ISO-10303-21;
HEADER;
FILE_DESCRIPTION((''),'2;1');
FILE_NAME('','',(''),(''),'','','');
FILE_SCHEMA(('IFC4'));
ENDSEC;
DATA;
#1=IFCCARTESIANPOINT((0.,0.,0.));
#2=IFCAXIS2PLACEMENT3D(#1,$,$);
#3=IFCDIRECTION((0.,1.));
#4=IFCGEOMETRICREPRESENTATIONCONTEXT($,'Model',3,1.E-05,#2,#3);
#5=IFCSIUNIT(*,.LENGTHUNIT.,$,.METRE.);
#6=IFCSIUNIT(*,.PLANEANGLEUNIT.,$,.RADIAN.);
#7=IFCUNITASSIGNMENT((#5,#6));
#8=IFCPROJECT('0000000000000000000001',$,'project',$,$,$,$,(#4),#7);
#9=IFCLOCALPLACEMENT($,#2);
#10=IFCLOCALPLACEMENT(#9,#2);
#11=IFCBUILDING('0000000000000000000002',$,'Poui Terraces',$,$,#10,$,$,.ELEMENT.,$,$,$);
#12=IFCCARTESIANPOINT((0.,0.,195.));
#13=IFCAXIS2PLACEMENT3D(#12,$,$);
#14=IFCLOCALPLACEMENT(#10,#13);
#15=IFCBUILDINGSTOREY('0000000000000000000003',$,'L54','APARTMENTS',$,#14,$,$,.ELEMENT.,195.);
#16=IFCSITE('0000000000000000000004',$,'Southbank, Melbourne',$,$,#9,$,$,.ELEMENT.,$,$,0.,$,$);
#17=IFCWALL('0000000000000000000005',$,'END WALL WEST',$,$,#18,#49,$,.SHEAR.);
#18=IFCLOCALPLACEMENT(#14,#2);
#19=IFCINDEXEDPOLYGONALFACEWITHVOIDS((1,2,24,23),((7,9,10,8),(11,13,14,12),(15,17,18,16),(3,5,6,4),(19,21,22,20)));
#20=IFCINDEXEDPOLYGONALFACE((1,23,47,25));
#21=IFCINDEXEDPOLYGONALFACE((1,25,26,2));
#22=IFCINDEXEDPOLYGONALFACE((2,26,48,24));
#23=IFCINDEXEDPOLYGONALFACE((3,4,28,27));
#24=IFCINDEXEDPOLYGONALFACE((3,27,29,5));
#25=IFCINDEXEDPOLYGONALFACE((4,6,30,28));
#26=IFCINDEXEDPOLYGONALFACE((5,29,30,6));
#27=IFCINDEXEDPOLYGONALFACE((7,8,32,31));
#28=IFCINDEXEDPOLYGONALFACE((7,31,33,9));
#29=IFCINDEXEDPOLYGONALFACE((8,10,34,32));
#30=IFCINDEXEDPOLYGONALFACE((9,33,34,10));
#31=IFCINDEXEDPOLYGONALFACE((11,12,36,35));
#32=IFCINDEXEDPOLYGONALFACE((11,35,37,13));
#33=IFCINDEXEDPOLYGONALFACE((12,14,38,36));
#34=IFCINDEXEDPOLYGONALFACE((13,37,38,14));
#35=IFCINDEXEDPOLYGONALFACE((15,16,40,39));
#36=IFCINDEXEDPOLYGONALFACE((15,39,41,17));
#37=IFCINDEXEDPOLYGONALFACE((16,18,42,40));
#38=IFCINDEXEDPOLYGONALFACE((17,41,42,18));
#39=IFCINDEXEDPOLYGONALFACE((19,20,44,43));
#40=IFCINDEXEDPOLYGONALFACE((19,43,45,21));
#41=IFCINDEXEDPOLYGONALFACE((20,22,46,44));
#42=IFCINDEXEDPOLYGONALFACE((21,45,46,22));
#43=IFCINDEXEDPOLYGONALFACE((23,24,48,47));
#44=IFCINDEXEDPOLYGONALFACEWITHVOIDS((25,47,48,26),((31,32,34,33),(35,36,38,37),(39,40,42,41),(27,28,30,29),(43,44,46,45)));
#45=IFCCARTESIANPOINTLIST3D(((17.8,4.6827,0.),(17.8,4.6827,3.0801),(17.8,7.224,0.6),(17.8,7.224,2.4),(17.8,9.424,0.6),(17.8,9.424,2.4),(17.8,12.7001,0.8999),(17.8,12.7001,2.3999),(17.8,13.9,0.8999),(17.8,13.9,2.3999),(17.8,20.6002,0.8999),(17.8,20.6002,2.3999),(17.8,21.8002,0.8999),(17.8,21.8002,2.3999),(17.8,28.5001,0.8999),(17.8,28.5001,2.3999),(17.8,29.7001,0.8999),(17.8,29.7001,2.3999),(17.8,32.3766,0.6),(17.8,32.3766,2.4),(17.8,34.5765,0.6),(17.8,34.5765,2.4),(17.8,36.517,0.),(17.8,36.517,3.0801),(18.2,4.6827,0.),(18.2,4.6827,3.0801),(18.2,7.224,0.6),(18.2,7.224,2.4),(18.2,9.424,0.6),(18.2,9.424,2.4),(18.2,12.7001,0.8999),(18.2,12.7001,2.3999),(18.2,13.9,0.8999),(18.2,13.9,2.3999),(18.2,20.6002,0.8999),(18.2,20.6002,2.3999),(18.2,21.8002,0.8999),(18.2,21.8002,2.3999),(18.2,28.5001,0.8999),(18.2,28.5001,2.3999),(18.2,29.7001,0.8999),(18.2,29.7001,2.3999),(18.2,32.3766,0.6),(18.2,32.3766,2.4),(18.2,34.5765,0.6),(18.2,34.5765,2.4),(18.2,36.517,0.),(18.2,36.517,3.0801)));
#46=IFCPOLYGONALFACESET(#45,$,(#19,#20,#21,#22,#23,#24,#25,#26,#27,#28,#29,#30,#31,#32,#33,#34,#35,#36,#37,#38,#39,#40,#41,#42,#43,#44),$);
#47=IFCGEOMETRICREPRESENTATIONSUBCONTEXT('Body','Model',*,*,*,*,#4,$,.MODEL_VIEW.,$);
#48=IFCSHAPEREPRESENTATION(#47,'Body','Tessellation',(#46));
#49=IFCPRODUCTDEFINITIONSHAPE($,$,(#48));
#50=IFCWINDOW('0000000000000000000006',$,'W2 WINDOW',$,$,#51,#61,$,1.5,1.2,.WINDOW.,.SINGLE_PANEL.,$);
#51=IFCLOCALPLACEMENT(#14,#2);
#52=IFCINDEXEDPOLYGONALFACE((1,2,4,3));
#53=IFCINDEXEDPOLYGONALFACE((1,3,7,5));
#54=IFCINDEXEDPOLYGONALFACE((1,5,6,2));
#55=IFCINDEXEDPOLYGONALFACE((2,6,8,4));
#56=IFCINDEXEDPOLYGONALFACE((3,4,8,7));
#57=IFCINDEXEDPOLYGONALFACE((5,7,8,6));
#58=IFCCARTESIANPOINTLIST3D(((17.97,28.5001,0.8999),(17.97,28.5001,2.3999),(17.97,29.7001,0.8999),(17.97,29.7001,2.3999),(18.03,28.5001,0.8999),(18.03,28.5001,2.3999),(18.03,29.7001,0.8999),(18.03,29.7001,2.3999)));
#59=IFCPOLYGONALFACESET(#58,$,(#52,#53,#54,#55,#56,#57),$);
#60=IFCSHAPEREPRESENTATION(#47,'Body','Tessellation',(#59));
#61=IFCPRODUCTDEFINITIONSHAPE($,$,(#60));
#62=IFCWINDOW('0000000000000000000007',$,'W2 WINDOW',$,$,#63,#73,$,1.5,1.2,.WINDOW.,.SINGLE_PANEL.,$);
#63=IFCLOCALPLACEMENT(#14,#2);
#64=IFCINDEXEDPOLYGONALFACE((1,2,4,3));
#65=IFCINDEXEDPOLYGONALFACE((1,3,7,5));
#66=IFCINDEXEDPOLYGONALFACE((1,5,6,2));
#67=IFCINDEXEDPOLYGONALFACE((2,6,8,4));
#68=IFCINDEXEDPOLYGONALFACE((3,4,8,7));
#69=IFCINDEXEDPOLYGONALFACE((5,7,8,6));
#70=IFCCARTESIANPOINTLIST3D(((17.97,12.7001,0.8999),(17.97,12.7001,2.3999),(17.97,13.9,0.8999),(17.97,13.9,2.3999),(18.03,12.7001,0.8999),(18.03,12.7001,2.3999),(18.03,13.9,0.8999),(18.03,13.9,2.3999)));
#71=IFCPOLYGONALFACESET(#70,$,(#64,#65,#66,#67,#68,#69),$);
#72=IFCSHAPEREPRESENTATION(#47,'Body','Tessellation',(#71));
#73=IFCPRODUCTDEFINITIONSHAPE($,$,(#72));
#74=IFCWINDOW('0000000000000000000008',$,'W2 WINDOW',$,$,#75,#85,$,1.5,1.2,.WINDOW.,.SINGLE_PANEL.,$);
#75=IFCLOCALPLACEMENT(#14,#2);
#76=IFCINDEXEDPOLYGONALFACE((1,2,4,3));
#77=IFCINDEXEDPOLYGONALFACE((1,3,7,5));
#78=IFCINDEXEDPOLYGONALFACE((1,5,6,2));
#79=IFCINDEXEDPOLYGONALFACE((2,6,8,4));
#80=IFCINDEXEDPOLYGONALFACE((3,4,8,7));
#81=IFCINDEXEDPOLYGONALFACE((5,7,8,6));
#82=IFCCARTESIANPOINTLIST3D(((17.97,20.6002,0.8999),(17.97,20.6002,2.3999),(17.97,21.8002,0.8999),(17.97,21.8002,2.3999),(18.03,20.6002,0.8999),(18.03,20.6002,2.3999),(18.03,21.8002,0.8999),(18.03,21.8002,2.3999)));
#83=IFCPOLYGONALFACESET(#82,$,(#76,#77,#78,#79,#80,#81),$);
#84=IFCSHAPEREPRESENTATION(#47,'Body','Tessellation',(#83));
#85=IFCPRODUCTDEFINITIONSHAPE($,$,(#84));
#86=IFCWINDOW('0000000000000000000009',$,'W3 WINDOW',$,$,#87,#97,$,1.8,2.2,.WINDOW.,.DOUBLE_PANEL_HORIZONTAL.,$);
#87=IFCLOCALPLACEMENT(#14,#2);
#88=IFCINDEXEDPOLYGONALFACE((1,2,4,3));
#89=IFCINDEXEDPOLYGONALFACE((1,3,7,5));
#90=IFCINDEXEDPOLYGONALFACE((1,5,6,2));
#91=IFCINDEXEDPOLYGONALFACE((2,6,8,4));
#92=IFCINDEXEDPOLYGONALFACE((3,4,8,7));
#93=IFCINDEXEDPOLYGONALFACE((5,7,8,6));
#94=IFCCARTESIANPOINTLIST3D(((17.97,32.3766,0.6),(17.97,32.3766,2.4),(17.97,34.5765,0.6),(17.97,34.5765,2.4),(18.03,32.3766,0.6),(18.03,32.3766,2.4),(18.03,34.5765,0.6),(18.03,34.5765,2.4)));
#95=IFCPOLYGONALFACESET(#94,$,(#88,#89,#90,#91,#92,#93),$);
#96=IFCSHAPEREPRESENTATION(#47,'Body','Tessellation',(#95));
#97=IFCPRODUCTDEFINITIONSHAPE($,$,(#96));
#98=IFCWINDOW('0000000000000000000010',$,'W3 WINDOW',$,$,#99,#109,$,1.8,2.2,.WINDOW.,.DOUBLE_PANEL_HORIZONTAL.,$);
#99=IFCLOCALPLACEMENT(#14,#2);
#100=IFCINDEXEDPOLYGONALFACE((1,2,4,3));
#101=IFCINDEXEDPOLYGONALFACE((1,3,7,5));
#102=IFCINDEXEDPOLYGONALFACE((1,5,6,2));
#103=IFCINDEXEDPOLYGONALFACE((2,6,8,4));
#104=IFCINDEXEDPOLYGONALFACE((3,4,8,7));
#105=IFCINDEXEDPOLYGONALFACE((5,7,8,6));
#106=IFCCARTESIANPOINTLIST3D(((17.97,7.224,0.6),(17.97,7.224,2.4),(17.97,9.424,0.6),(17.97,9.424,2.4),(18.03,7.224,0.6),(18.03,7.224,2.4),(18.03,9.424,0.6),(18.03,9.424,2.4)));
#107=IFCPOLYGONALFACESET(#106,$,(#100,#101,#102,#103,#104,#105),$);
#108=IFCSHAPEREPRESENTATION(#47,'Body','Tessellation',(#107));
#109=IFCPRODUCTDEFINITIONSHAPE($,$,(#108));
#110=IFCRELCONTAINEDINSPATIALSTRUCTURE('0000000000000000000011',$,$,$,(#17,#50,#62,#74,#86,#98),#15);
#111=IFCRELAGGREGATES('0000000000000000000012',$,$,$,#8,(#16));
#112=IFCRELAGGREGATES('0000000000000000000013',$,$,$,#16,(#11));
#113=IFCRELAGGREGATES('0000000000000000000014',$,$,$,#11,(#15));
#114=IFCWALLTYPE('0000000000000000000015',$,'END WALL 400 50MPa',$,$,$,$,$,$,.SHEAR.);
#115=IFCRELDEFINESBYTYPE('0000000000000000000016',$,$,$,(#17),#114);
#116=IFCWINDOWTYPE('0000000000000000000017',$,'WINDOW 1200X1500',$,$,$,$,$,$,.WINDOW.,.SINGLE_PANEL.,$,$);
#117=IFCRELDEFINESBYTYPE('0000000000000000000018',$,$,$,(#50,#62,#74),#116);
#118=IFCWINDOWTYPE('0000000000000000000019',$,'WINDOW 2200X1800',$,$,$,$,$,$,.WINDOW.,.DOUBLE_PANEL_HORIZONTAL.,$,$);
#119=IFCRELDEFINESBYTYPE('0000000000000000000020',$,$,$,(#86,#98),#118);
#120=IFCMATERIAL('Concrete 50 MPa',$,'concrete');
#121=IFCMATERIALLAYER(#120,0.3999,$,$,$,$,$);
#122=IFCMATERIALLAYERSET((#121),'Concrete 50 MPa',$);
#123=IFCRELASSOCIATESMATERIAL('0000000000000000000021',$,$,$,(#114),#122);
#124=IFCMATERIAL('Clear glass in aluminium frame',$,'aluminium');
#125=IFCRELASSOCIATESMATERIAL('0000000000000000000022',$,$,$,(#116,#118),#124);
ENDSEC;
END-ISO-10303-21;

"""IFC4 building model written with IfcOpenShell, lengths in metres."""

from ifc_helpers import new_model, si_unit, direction, frame, frame_2d, origin, place, context, subcontext, project, spatial, rectangle, extrude, material, layer, layer_set, type_object, element, fill, save


model = new_model("IFC4")

# Units and contexts
model_context = context("Model", 3, precision=1e-05, world=origin(), true_north=direction((0.0, 1.0)))
body_context = subcontext(model_context, "Body", "Model", "MODEL_VIEW")
ifc_project = project(units=[si_unit("LENGTHUNIT", "METRE"), si_unit("PLANEANGLEUNIT", "RADIAN")], contexts=[model_context])

# Site, building, storey
site_placement = place(None, origin())
site = spatial("IfcSite", under=ifc_project, at=site_placement, Name="Southbank, Melbourne", CompositionType="ELEMENT", RefElevation=0.0)
building_placement = place(site_placement, origin())
building = spatial("IfcBuilding", under=site, at=building_placement, Name="Poui Terraces", CompositionType="ELEMENT")
storey_placement = place(building_placement, frame((0.0, 0.0, 195.0)))
storey = spatial("IfcBuildingStorey", under=building, at=storey_placement, Name="L54", Description="APARTMENTS", CompositionType="ELEMENT", Elevation=195.0)

# Shared definitions
ifc_material_1 = material(Name="Concrete 50 MPa", Category="concrete")

# Wall, openings, windows
ifc_layer_1 = layer(ifc_material_1, 0.3999)
ifc_layer_set_1 = layer_set([ifc_layer_1], Name="Concrete 50 MPa")
wall_type_1 = type_object("IfcWallType", Name="END WALL 400 50MPa", PredefinedType="SHEAR", material=ifc_layer_set_1)
wall_1_placement = place(storey_placement, frame((18.0, 4.6829, 0.0), z_axis=(0.0, 0.0, 1.0), x_axis=(0.0, 1.0, 0.0)))
wall_1 = element("IfcWall", 1, at=wall_1_placement, inside=storey, type_object=wall_type_1, Name="END WALL WEST", PredefinedType="SHEAR", context=body_context, shape_type="SweptSolid", body=[
    extrude(rectangle(XDim=31.8342, YDim=0.3999, at=frame_2d((15.917, 0.0))), origin(), (0.0, 0.0, 1.0), 3.0801),
])
opening_1_placement = place(wall_1_placement, frame((23.8171, 0.0, 0.8999)))
opening_1 = element("IfcOpeningElement", 2, at=opening_1_placement, cuts=wall_1, PredefinedType="OPENING", context=body_context, shape_type="SweptSolid", body=[
    extrude(rectangle(XDim=1.2, YDim=1.5, at=frame_2d((0.6001, 0.75))), frame((0.0, 0.21, 0.0), z_axis=(0.0, -1.0, 0.0), x_axis=(1.0, 0.0, 0.0)), (0.0, 0.0, 1.0), 0.4199),
])
opening_2_placement = place(wall_1_placement, frame((8.0171, 0.0, 0.8999)))
opening_2 = element("IfcOpeningElement", 3, at=opening_2_placement, cuts=wall_1, PredefinedType="OPENING", context=body_context, shape_type="SweptSolid", body=[
    extrude(rectangle(XDim=1.2, YDim=1.5, at=frame_2d((0.6001, 0.75))), frame((0.0, 0.21, 0.0), z_axis=(0.0, -1.0, 0.0), x_axis=(1.0, 0.0, 0.0)), (0.0, 0.0, 1.0), 0.4199),
])
opening_3_placement = place(wall_1_placement, frame((27.6936, 0.0, 0.6001)))
opening_3 = element("IfcOpeningElement", 4, at=opening_3_placement, cuts=wall_1, PredefinedType="OPENING", context=body_context, shape_type="SweptSolid", body=[
    extrude(rectangle(XDim=2.2, YDim=1.8, at=frame_2d((1.1001, 0.8999))), frame((0.0, 0.21, 0.0), z_axis=(0.0, -1.0, 0.0), x_axis=(1.0, 0.0, 0.0)), (0.0, 0.0, 1.0), 0.4199),
])
opening_4_placement = place(wall_1_placement, frame((2.541, 0.0, 0.6001)))
opening_4 = element("IfcOpeningElement", 5, at=opening_4_placement, cuts=wall_1, PredefinedType="OPENING", context=body_context, shape_type="SweptSolid", body=[
    extrude(rectangle(XDim=2.2, YDim=1.8, at=frame_2d((1.1001, 0.8999))), frame((0.0, 0.21, 0.0), z_axis=(0.0, -1.0, 0.0), x_axis=(1.0, 0.0, 0.0)), (0.0, 0.0, 1.0), 0.4199),
])
opening_5_placement = place(wall_1_placement, frame((15.9172, 0.0, 0.8999)))
opening_5 = element("IfcOpeningElement", 6, at=opening_5_placement, cuts=wall_1, PredefinedType="OPENING", context=body_context, shape_type="SweptSolid", body=[
    extrude(rectangle(XDim=1.2, YDim=1.5, at=frame_2d((0.6001, 0.75))), frame((0.0, 0.21, 0.0), z_axis=(0.0, -1.0, 0.0), x_axis=(1.0, 0.0, 0.0)), (0.0, 0.0, 1.0), 0.4199),
])
ifc_material_2 = material(Name="Clear glass in aluminium frame", Category="aluminium")
window_type_1 = type_object("IfcWindowType", Name="WINDOW 1200X1500", PartitioningType="SINGLE_PANEL", PredefinedType="WINDOW", material=ifc_material_2)
window_1_placement = place(opening_1_placement, origin())
window_1 = element("IfcWindow", 7, at=window_1_placement, inside=storey, type_object=window_type_1, Name="W2 WINDOW", OverallHeight=1.5, OverallWidth=1.2, PartitioningType="SINGLE_PANEL", PredefinedType="WINDOW", context=body_context, shape_type="SweptSolid", body=[
    extrude(rectangle(XDim=1.2, YDim=1.5, at=frame_2d((0.6001, 0.75))), frame((0.0, 0.03, 0.0), z_axis=(0.0, -1.0, 0.0), x_axis=(1.0, 0.0, 0.0)), (0.0, 0.0, 1.0), 0.0601),
])
fill(opening_1, window_1)
window_2_placement = place(opening_2_placement, origin())
window_2 = element("IfcWindow", 8, at=window_2_placement, inside=storey, type_object=window_type_1, Name="W2 WINDOW", OverallHeight=1.5, OverallWidth=1.2, PartitioningType="SINGLE_PANEL", PredefinedType="WINDOW", context=body_context, shape_type="SweptSolid", body=[
    extrude(rectangle(XDim=1.2, YDim=1.5, at=frame_2d((0.6001, 0.75))), frame((0.0, 0.03, 0.0), z_axis=(0.0, -1.0, 0.0), x_axis=(1.0, 0.0, 0.0)), (0.0, 0.0, 1.0), 0.0601),
])
fill(opening_2, window_2)
window_3_placement = place(opening_5_placement, origin())
window_3 = element("IfcWindow", 9, at=window_3_placement, inside=storey, type_object=window_type_1, Name="W2 WINDOW", OverallHeight=1.5, OverallWidth=1.2, PartitioningType="SINGLE_PANEL", PredefinedType="WINDOW", context=body_context, shape_type="SweptSolid", body=[
    extrude(rectangle(XDim=1.2, YDim=1.5, at=frame_2d((0.6001, 0.75))), frame((0.0, 0.03, 0.0), z_axis=(0.0, -1.0, 0.0), x_axis=(1.0, 0.0, 0.0)), (0.0, 0.0, 1.0), 0.0601),
])
fill(opening_5, window_3)
window_type_2 = type_object("IfcWindowType", Name="WINDOW 2200X1800", PartitioningType="DOUBLE_PANEL_HORIZONTAL", PredefinedType="WINDOW", material=ifc_material_2)
window_4_placement = place(opening_3_placement, origin())
window_4 = element("IfcWindow", 10, at=window_4_placement, inside=storey, type_object=window_type_2, Name="W3 WINDOW", OverallHeight=1.8, OverallWidth=2.2, PartitioningType="DOUBLE_PANEL_HORIZONTAL", PredefinedType="WINDOW", context=body_context, shape_type="SweptSolid", body=[
    extrude(rectangle(XDim=2.2, YDim=1.8, at=frame_2d((1.1001, 0.8999))), frame((0.0, 0.03, 0.0), z_axis=(0.0, -1.0, 0.0), x_axis=(1.0, 0.0, 0.0)), (0.0, 0.0, 1.0), 0.0601),
])
fill(opening_3, window_4)
window_5_placement = place(opening_4_placement, origin())
window_5 = element("IfcWindow", 11, at=window_5_placement, inside=storey, type_object=window_type_2, Name="W3 WINDOW", OverallHeight=1.8, OverallWidth=2.2, PartitioningType="DOUBLE_PANEL_HORIZONTAL", PredefinedType="WINDOW", context=body_context, shape_type="SweptSolid", body=[
    extrude(rectangle(XDim=2.2, YDim=1.8, at=frame_2d((1.1001, 0.8999))), frame((0.0, 0.03, 0.0), z_axis=(0.0, -1.0, 0.0), x_axis=(1.0, 0.0, 0.0)), (0.0, 0.0, 1.0), 0.0601),
])
fill(opening_4, window_5)

save(model, "model.ifc")
